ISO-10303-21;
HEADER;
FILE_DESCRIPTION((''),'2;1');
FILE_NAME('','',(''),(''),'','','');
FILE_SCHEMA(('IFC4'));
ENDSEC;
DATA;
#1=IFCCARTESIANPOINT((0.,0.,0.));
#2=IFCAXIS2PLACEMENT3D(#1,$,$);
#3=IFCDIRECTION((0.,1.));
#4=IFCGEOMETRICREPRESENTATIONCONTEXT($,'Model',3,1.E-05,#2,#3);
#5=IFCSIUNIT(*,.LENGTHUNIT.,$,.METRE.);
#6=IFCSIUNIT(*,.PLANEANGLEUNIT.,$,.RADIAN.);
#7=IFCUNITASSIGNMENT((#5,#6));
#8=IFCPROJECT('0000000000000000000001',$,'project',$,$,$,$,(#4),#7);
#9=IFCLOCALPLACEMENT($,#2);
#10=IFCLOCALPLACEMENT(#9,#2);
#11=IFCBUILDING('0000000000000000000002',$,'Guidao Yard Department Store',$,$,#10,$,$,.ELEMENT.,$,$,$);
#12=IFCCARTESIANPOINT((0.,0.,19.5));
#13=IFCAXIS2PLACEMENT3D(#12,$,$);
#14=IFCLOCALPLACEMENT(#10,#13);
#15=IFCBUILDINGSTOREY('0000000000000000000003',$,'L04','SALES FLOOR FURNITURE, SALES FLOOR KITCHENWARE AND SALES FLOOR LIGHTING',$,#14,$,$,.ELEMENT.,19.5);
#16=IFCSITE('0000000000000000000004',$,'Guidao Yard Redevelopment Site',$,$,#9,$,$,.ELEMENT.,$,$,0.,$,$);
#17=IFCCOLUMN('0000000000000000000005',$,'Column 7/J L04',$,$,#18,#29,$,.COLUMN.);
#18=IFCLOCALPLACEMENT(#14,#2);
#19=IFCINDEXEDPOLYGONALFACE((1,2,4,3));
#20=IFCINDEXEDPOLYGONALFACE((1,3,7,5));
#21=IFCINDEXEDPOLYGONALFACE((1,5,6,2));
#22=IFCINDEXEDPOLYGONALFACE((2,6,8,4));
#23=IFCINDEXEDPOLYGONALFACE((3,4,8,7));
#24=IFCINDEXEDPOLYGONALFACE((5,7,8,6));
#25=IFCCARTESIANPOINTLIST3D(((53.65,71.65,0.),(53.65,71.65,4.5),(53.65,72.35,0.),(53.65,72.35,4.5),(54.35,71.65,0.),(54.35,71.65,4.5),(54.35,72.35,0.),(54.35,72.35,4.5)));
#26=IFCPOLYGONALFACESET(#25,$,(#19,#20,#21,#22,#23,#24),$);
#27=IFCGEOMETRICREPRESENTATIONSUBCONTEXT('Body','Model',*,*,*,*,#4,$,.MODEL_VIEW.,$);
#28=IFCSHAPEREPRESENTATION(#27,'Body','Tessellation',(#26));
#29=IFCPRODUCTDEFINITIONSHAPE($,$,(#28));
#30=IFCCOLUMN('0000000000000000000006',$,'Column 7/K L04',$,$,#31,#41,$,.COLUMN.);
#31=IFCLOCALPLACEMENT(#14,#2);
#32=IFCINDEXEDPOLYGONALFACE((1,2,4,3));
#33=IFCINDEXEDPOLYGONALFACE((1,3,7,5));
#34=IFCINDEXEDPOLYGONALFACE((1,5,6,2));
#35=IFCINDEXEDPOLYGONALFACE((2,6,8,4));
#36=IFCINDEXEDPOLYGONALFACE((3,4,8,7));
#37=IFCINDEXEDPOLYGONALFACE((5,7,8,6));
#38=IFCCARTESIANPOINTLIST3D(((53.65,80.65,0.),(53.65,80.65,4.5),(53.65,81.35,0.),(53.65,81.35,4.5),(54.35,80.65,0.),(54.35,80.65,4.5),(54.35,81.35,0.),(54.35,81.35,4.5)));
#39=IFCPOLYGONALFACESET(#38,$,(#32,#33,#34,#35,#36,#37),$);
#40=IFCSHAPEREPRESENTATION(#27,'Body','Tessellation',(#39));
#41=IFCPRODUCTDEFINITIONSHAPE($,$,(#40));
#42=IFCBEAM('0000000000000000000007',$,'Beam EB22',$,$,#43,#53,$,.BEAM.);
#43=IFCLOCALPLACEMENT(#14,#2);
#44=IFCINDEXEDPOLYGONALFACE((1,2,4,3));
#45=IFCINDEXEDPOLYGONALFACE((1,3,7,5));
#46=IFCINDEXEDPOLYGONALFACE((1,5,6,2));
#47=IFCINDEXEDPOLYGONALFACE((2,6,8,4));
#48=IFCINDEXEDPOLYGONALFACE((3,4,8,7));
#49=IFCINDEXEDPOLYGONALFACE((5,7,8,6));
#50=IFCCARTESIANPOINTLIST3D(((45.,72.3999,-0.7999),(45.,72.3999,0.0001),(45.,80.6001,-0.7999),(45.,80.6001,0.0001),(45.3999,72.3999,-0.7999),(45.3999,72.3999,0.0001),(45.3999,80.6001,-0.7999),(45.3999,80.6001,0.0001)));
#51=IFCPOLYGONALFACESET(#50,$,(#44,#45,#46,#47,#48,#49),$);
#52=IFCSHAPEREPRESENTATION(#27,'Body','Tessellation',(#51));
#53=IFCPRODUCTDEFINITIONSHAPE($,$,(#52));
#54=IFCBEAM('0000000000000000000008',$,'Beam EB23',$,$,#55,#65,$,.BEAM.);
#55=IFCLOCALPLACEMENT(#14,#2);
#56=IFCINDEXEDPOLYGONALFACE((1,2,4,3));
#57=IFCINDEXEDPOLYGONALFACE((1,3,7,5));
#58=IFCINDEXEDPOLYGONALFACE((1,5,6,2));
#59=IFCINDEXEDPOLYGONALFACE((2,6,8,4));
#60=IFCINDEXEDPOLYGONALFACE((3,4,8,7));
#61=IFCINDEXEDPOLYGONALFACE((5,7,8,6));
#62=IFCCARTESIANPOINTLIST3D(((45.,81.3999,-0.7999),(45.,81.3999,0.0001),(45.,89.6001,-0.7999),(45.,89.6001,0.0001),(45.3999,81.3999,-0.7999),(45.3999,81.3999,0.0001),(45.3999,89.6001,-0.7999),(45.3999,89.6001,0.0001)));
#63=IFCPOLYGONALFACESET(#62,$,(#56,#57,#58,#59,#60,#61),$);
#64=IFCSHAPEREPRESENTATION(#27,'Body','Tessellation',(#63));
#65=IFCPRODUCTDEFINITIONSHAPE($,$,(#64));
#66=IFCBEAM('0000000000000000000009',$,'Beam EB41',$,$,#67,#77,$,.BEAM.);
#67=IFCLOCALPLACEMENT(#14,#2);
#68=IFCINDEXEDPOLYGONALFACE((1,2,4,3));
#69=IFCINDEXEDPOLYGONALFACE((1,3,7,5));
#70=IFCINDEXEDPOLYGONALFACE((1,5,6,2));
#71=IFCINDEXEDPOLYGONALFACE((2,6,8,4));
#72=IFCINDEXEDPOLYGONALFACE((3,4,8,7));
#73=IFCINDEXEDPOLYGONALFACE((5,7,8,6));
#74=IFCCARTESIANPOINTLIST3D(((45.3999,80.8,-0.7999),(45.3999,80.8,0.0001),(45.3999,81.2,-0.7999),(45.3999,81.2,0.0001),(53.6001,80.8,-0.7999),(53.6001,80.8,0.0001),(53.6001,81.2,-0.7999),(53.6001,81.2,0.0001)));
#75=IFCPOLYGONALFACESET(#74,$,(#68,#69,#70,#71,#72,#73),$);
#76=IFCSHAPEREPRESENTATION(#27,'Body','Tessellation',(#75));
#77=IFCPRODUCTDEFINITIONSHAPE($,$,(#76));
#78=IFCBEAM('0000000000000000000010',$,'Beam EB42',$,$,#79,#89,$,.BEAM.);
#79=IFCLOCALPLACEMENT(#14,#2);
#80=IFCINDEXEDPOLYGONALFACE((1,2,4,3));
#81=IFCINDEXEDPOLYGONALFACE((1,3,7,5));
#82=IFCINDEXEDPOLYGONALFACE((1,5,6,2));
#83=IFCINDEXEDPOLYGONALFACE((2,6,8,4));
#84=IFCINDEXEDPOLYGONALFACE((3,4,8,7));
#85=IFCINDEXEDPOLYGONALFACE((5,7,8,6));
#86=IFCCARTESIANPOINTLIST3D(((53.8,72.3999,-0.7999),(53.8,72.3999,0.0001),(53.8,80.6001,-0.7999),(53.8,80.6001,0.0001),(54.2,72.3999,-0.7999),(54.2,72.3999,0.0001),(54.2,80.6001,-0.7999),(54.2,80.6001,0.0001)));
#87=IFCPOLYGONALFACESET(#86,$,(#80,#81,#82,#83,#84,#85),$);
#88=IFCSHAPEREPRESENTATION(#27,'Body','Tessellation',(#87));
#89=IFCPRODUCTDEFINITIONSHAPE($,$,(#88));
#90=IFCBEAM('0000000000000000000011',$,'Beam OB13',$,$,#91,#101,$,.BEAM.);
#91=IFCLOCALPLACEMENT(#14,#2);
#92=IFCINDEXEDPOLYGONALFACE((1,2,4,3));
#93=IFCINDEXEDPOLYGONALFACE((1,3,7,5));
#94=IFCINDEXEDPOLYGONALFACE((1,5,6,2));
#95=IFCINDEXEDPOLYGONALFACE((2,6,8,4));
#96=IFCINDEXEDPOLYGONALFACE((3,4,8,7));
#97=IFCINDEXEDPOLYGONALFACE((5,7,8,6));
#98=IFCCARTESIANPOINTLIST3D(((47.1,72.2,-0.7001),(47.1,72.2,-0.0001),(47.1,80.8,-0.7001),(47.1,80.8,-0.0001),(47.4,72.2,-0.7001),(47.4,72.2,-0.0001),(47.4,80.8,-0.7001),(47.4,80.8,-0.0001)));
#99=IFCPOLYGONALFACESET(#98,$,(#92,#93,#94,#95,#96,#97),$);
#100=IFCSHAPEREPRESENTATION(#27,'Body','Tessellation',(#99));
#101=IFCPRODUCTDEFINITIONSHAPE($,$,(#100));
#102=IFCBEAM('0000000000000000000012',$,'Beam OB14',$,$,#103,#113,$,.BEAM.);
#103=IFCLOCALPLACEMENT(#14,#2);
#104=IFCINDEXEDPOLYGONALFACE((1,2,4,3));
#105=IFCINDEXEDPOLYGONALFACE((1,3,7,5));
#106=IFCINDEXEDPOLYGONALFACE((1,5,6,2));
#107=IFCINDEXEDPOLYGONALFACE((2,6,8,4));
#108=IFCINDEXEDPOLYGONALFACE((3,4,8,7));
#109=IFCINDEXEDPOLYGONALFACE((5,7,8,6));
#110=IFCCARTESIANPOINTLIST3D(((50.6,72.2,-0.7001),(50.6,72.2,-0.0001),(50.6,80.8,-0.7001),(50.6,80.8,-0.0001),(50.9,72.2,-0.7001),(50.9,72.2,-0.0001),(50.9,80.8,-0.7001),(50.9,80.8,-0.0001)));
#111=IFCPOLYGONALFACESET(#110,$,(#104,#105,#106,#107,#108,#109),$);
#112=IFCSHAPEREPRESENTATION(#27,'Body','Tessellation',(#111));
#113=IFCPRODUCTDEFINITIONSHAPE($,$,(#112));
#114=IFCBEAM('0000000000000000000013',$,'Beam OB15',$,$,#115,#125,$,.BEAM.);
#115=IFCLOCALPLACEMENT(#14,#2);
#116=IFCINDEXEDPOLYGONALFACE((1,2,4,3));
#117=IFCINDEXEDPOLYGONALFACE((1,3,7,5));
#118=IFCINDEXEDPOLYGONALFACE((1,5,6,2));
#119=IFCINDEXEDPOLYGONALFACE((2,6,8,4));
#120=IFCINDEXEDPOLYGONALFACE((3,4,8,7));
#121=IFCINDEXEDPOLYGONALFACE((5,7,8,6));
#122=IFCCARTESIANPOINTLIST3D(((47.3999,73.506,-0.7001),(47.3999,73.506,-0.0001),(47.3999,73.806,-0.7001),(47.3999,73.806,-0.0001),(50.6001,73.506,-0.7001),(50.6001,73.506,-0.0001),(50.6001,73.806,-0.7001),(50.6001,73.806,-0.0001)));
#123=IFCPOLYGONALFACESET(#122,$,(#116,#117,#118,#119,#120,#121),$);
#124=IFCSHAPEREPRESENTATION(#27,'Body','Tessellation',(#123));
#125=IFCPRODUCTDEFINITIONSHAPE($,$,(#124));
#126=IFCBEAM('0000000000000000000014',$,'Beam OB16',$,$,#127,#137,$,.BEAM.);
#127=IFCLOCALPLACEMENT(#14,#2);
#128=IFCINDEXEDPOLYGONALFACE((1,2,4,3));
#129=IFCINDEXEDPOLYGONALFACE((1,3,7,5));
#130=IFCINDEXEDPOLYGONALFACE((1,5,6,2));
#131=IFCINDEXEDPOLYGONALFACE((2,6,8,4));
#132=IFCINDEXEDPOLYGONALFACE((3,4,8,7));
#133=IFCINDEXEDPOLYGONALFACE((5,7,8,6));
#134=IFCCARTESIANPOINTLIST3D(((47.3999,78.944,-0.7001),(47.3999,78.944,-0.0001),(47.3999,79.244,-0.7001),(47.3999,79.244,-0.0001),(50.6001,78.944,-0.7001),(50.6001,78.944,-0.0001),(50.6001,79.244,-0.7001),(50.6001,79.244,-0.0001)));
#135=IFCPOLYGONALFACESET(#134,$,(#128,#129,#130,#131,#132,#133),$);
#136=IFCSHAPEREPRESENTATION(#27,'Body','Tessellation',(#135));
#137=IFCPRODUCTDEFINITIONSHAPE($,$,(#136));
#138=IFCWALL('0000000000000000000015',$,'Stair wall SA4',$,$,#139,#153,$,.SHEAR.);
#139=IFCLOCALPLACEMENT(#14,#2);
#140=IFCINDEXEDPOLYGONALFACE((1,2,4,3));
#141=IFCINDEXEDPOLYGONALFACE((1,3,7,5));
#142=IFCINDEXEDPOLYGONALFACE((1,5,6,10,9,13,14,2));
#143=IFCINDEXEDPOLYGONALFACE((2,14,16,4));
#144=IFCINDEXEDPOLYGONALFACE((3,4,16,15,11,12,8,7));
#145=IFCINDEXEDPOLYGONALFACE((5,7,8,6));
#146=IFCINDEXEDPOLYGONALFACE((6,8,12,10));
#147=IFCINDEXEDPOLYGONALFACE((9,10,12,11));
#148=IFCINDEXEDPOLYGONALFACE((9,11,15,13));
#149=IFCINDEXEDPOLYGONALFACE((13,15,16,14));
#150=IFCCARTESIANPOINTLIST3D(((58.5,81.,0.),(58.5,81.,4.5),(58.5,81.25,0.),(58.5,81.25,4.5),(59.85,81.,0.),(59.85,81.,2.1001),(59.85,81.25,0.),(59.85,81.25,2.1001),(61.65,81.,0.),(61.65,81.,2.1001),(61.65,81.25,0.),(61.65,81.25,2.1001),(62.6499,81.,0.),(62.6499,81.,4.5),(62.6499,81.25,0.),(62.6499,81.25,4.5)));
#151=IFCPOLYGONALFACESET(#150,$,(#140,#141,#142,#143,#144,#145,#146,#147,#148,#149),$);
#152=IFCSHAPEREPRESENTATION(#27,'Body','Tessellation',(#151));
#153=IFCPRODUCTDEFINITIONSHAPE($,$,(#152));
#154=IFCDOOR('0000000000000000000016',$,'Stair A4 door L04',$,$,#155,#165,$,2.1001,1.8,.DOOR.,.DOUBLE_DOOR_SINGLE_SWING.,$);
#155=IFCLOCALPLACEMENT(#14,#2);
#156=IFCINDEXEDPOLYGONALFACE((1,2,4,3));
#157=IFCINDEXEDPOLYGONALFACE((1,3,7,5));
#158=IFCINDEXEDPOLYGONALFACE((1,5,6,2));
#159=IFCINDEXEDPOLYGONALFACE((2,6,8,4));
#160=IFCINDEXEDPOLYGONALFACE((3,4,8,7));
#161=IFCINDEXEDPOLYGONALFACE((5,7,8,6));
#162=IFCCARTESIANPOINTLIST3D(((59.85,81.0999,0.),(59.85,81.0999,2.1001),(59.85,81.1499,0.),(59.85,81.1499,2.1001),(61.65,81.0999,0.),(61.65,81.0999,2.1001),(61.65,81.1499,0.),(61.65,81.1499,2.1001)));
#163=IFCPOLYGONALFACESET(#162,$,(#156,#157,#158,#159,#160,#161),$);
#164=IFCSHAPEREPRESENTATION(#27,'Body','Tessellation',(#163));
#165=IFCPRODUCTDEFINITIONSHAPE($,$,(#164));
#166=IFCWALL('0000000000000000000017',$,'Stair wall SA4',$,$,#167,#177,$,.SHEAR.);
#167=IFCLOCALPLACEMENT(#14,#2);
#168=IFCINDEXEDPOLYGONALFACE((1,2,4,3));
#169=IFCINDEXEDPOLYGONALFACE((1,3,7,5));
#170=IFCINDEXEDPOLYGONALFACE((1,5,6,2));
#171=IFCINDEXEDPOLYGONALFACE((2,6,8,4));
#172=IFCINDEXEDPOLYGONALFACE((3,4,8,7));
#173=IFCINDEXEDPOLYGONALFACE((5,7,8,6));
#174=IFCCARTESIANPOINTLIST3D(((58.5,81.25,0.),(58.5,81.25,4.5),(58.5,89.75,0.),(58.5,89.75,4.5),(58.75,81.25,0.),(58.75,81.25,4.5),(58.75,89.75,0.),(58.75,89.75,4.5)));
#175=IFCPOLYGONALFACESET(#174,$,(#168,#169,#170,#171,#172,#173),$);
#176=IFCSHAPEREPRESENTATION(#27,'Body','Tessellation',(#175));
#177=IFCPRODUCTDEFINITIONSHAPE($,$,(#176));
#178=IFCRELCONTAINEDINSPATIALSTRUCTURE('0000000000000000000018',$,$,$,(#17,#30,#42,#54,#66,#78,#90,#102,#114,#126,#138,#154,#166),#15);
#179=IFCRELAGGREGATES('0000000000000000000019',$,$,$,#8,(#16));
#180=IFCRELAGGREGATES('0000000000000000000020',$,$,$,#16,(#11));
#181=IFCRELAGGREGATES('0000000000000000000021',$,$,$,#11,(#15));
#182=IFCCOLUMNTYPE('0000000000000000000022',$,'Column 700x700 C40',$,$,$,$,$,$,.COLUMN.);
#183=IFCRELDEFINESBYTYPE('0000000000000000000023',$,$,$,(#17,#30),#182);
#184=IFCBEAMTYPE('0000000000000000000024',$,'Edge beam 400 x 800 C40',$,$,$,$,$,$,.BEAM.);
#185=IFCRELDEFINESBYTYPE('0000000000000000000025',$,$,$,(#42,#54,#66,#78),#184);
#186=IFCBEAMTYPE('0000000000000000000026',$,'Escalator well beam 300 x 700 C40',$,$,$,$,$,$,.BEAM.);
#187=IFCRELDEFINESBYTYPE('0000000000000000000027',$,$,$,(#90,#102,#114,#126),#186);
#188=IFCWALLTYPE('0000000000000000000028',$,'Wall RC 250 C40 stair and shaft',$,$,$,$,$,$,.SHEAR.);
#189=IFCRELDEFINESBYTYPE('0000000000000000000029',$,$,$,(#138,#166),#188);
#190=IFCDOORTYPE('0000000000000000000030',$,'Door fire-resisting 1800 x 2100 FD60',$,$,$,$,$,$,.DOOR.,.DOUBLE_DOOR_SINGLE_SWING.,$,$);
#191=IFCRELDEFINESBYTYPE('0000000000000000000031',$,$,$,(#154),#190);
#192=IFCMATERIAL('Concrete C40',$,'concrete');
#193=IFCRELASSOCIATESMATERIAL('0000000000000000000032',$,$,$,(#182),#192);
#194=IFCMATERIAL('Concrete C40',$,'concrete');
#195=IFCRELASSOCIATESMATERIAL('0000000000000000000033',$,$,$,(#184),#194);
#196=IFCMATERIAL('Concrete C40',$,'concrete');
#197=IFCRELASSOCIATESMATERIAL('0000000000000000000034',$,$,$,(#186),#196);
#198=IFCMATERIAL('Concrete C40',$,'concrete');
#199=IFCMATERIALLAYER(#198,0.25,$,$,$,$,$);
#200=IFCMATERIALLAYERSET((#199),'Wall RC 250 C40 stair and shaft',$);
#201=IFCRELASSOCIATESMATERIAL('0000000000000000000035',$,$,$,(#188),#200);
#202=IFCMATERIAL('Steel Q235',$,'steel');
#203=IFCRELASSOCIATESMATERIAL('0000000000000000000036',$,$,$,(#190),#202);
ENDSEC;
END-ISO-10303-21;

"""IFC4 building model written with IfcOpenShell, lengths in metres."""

from ifc_helpers import new_model, si_unit, direction, frame, frame_2d, origin, origin_2d, place, context, subcontext, project, spatial, rectangle, extrude, material, layer, layer_set, material_profile, profile_set, type_object, element, fill, save


model = new_model("IFC4")

# Units and contexts
model_context = context("Model", 3, precision=1e-05, world=origin(), true_north=direction((0.0, 1.0)))
body_context = subcontext(model_context, "Body", "Model", "MODEL_VIEW")
ifc_project = project(units=[si_unit("LENGTHUNIT", "METRE"), si_unit("PLANEANGLEUNIT", "RADIAN")], contexts=[model_context])

# Site, building, storey
site_placement = place(None, origin())
site = spatial("IfcSite", under=ifc_project, at=site_placement, Name="Guidao Yard Redevelopment Site", CompositionType="ELEMENT", RefElevation=0.0)
building_placement = place(site_placement, origin())
building = spatial("IfcBuilding", under=site, at=building_placement, Name="Guidao Yard Department Store", CompositionType="ELEMENT")
storey_placement = place(building_placement, frame((0.0, 0.0, 19.5)))
storey = spatial("IfcBuildingStorey", under=building, at=storey_placement, Name="L04", Description="SALES FLOOR FURNITURE, SALES FLOOR KITCHENWARE AND SALES FLOOR LIGHTING", CompositionType="ELEMENT", Elevation=19.5)

# Columns
ifc_material_1 = material(Name="Concrete C40", Category="concrete")
ifc_material_profile_1 = material_profile(ifc_material_1, rectangle(XDim=0.7, YDim=0.7, at=origin_2d()), Name="COL 700x700")
ifc_profile_set_1 = profile_set([ifc_material_profile_1], Name="Concrete C40")
column_type = type_object("IfcColumnType", Name="Column 700x700 C40", PredefinedType="COLUMN", material=ifc_profile_set_1)
for number, where, z_axis, x_axis, name in (
    (1, (54.0, 72.0, 0.0), (0.0, 0.0, 1.0), (1.0, 0.0, 0.0), "Column 7/J L04"),
    (2, (54.0, 81.0, 0.0), (0.0, 0.0, 1.0), (1.0, 0.0, 0.0), "Column 7/K L04"),
):
    element("IfcColumn", number, at=place(storey_placement, frame(where, z_axis=z_axis, x_axis=x_axis)), inside=storey, type_object=column_type, Name=name, PredefinedType="COLUMN", context=body_context, shape_type="SweptSolid", body=[
        extrude(rectangle(XDim=0.7, YDim=0.7, at=origin_2d()), origin(), (0.0, 0.0, 1.0), 4.5),
    ])

# Beams
ifc_material_2 = material(Name="Concrete C40", Category="concrete")
ifc_material_profile_2 = material_profile(ifc_material_2, rectangle(XDim=0.3999, YDim=0.8, at=origin_2d()), Name="Edge beam 400 x 800 C40")
ifc_profile_set_2 = profile_set([ifc_material_profile_2], Name="Concrete C40")
beam_type_1 = type_object("IfcBeamType", Name="Edge beam 400 x 800 C40", PredefinedType="BEAM", material=ifc_profile_set_2)
for number, where, z_axis, x_axis, name in (
    (3, (45.2, 72.3999, -0.3999), (0.0, 1.0, 0.0), (-1.0, 0.0, 0.0), "Beam EB22"),
    (4, (45.2, 81.3999, -0.3999), (0.0, 1.0, 0.0), (-1.0, 0.0, 0.0), "Beam EB23"),
    (5, (45.3999, 81.0, -0.3999), (1.0, 0.0, 0.0), (0.0, 1.0, 0.0), "Beam EB41"),
    (6, (54.0, 72.3999, -0.3999), (0.0, 1.0, 0.0), (-1.0, 0.0, 0.0), "Beam EB42"),
):
    element("IfcBeam", number, at=place(storey_placement, frame(where, z_axis=z_axis, x_axis=x_axis)), inside=storey, type_object=beam_type_1, Name=name, PredefinedType="BEAM", context=body_context, shape_type="SweptSolid", body=[
        extrude(rectangle(XDim=0.3999, YDim=0.8, at=origin_2d()), origin(), (0.0, 0.0, 1.0), 8.2002),
    ])
ifc_material_3 = material(Name="Concrete C40", Category="concrete")
ifc_material_profile_3 = material_profile(ifc_material_3, rectangle(XDim=0.3, YDim=0.7, at=origin_2d()), Name="Escalator well beam 300 x 700 C40")
ifc_profile_set_3 = profile_set([ifc_material_profile_3], Name="Concrete C40")
beam_type_2 = type_object("IfcBeamType", Name="Escalator well beam 300 x 700 C40", PredefinedType="BEAM", material=ifc_profile_set_3)
for number, where, z_axis, x_axis, name in (
    (7, (47.25, 72.2, -0.3501), (0.0, 1.0, 0.0), (-1.0, 0.0, 0.0), "Beam OB13"),
    (8, (50.75, 72.2, -0.3501), (0.0, 1.0, 0.0), (-1.0, 0.0, 0.0), "Beam OB14"),
):
    element("IfcBeam", number, at=place(storey_placement, frame(where, z_axis=z_axis, x_axis=x_axis)), inside=storey, type_object=beam_type_2, Name=name, PredefinedType="BEAM", context=body_context, shape_type="SweptSolid", body=[
        extrude(rectangle(XDim=0.3, YDim=0.7, at=origin_2d()), origin(), (0.0, 0.0, 1.0), 8.6001),
    ])
for number, where, z_axis, x_axis, name in (
    (9, (47.3999, 73.656, -0.3501), (1.0, 0.0, 0.0), (0.0, 1.0, 0.0), "Beam OB15"),
    (10, (47.3999, 79.094, -0.3501), (1.0, 0.0, 0.0), (0.0, 1.0, 0.0), "Beam OB16"),
):
    element("IfcBeam", number, at=place(storey_placement, frame(where, z_axis=z_axis, x_axis=x_axis)), inside=storey, type_object=beam_type_2, Name=name, PredefinedType="BEAM", context=body_context, shape_type="SweptSolid", body=[
        extrude(rectangle(XDim=0.3, YDim=0.7, at=origin_2d()), origin(), (0.0, 0.0, 1.0), 3.2002),
    ])

# Wall, opening, door
ifc_material_4 = material(Name="Concrete C40", Category="concrete")
ifc_layer = layer(ifc_material_4, 0.25)
ifc_layer_set = layer_set([ifc_layer], Name="Wall RC 250 C40 stair and shaft")
wall_type = type_object("IfcWallType", Name="Wall RC 250 C40 stair and shaft", PredefinedType="SHEAR", material=ifc_layer_set)
wall_1_placement = place(storey_placement, frame((58.5, 81.125, 0.0), z_axis=(0.0, 0.0, 1.0), x_axis=(1.0, 0.0, 0.0)))
wall_1 = element("IfcWall", 11, at=wall_1_placement, inside=storey, type_object=wall_type, Name="Stair wall SA4", PredefinedType="SHEAR", context=body_context, shape_type="SweptSolid", body=[
    extrude(rectangle(XDim=4.1499, YDim=0.25, at=frame_2d((2.075, 0.0))), origin(), (0.0, 0.0, 1.0), 4.5),
])
opening_placement = place(wall_1_placement, frame((1.3501, 0.0, 0.0)))
opening = element("IfcOpeningElement", 12, at=opening_placement, cuts=wall_1, PredefinedType="OPENING", context=body_context, shape_type="SweptSolid", body=[
    extrude(rectangle(XDim=1.8, YDim=2.1001, at=frame_2d((0.8999, 1.05))), frame((0.0, 0.135, 0.0), z_axis=(0.0, -1.0, 0.0), x_axis=(1.0, 0.0, 0.0)), (0.0, 0.0, 1.0), 0.27),
])
ifc_material_5 = material(Name="Steel Q235", Category="steel")
door_type = type_object("IfcDoorType", Name="Door fire-resisting 1800 x 2100 FD60", OperationType="DOUBLE_DOOR_SINGLE_SWING", PredefinedType="DOOR", material=ifc_material_5)
door_placement = place(opening_placement, origin())
door = element("IfcDoor", 13, at=door_placement, inside=storey, type_object=door_type, Name="Stair A4 door L04", OperationType="DOUBLE_DOOR_SINGLE_SWING", OverallHeight=2.1001, OverallWidth=1.8, PredefinedType="DOOR", context=body_context, shape_type="SweptSolid", body=[
    extrude(rectangle(XDim=1.8, YDim=2.1001, at=frame_2d((0.8999, 1.05))), frame((0.0, 0.0249, 0.0), z_axis=(0.0, -1.0, 0.0), x_axis=(1.0, 0.0, 0.0)), (0.0, 0.0, 1.0), 0.05),
])
fill(opening, door)

# Wall
wall_2_placement = place(storey_placement, frame((58.625, 81.25, 0.0), z_axis=(0.0, 0.0, 1.0), x_axis=(0.0, 1.0, 0.0)))
element("IfcWall", 14, at=wall_2_placement, inside=storey, type_object=wall_type, Name="Stair wall SA4", PredefinedType="SHEAR", context=body_context, shape_type="SweptSolid", body=[
    extrude(rectangle(XDim=8.5, YDim=0.25, at=frame_2d((4.25, 0.0))), origin(), (0.0, 0.0, 1.0), 4.5),
])

save(model, "model.ifc")
